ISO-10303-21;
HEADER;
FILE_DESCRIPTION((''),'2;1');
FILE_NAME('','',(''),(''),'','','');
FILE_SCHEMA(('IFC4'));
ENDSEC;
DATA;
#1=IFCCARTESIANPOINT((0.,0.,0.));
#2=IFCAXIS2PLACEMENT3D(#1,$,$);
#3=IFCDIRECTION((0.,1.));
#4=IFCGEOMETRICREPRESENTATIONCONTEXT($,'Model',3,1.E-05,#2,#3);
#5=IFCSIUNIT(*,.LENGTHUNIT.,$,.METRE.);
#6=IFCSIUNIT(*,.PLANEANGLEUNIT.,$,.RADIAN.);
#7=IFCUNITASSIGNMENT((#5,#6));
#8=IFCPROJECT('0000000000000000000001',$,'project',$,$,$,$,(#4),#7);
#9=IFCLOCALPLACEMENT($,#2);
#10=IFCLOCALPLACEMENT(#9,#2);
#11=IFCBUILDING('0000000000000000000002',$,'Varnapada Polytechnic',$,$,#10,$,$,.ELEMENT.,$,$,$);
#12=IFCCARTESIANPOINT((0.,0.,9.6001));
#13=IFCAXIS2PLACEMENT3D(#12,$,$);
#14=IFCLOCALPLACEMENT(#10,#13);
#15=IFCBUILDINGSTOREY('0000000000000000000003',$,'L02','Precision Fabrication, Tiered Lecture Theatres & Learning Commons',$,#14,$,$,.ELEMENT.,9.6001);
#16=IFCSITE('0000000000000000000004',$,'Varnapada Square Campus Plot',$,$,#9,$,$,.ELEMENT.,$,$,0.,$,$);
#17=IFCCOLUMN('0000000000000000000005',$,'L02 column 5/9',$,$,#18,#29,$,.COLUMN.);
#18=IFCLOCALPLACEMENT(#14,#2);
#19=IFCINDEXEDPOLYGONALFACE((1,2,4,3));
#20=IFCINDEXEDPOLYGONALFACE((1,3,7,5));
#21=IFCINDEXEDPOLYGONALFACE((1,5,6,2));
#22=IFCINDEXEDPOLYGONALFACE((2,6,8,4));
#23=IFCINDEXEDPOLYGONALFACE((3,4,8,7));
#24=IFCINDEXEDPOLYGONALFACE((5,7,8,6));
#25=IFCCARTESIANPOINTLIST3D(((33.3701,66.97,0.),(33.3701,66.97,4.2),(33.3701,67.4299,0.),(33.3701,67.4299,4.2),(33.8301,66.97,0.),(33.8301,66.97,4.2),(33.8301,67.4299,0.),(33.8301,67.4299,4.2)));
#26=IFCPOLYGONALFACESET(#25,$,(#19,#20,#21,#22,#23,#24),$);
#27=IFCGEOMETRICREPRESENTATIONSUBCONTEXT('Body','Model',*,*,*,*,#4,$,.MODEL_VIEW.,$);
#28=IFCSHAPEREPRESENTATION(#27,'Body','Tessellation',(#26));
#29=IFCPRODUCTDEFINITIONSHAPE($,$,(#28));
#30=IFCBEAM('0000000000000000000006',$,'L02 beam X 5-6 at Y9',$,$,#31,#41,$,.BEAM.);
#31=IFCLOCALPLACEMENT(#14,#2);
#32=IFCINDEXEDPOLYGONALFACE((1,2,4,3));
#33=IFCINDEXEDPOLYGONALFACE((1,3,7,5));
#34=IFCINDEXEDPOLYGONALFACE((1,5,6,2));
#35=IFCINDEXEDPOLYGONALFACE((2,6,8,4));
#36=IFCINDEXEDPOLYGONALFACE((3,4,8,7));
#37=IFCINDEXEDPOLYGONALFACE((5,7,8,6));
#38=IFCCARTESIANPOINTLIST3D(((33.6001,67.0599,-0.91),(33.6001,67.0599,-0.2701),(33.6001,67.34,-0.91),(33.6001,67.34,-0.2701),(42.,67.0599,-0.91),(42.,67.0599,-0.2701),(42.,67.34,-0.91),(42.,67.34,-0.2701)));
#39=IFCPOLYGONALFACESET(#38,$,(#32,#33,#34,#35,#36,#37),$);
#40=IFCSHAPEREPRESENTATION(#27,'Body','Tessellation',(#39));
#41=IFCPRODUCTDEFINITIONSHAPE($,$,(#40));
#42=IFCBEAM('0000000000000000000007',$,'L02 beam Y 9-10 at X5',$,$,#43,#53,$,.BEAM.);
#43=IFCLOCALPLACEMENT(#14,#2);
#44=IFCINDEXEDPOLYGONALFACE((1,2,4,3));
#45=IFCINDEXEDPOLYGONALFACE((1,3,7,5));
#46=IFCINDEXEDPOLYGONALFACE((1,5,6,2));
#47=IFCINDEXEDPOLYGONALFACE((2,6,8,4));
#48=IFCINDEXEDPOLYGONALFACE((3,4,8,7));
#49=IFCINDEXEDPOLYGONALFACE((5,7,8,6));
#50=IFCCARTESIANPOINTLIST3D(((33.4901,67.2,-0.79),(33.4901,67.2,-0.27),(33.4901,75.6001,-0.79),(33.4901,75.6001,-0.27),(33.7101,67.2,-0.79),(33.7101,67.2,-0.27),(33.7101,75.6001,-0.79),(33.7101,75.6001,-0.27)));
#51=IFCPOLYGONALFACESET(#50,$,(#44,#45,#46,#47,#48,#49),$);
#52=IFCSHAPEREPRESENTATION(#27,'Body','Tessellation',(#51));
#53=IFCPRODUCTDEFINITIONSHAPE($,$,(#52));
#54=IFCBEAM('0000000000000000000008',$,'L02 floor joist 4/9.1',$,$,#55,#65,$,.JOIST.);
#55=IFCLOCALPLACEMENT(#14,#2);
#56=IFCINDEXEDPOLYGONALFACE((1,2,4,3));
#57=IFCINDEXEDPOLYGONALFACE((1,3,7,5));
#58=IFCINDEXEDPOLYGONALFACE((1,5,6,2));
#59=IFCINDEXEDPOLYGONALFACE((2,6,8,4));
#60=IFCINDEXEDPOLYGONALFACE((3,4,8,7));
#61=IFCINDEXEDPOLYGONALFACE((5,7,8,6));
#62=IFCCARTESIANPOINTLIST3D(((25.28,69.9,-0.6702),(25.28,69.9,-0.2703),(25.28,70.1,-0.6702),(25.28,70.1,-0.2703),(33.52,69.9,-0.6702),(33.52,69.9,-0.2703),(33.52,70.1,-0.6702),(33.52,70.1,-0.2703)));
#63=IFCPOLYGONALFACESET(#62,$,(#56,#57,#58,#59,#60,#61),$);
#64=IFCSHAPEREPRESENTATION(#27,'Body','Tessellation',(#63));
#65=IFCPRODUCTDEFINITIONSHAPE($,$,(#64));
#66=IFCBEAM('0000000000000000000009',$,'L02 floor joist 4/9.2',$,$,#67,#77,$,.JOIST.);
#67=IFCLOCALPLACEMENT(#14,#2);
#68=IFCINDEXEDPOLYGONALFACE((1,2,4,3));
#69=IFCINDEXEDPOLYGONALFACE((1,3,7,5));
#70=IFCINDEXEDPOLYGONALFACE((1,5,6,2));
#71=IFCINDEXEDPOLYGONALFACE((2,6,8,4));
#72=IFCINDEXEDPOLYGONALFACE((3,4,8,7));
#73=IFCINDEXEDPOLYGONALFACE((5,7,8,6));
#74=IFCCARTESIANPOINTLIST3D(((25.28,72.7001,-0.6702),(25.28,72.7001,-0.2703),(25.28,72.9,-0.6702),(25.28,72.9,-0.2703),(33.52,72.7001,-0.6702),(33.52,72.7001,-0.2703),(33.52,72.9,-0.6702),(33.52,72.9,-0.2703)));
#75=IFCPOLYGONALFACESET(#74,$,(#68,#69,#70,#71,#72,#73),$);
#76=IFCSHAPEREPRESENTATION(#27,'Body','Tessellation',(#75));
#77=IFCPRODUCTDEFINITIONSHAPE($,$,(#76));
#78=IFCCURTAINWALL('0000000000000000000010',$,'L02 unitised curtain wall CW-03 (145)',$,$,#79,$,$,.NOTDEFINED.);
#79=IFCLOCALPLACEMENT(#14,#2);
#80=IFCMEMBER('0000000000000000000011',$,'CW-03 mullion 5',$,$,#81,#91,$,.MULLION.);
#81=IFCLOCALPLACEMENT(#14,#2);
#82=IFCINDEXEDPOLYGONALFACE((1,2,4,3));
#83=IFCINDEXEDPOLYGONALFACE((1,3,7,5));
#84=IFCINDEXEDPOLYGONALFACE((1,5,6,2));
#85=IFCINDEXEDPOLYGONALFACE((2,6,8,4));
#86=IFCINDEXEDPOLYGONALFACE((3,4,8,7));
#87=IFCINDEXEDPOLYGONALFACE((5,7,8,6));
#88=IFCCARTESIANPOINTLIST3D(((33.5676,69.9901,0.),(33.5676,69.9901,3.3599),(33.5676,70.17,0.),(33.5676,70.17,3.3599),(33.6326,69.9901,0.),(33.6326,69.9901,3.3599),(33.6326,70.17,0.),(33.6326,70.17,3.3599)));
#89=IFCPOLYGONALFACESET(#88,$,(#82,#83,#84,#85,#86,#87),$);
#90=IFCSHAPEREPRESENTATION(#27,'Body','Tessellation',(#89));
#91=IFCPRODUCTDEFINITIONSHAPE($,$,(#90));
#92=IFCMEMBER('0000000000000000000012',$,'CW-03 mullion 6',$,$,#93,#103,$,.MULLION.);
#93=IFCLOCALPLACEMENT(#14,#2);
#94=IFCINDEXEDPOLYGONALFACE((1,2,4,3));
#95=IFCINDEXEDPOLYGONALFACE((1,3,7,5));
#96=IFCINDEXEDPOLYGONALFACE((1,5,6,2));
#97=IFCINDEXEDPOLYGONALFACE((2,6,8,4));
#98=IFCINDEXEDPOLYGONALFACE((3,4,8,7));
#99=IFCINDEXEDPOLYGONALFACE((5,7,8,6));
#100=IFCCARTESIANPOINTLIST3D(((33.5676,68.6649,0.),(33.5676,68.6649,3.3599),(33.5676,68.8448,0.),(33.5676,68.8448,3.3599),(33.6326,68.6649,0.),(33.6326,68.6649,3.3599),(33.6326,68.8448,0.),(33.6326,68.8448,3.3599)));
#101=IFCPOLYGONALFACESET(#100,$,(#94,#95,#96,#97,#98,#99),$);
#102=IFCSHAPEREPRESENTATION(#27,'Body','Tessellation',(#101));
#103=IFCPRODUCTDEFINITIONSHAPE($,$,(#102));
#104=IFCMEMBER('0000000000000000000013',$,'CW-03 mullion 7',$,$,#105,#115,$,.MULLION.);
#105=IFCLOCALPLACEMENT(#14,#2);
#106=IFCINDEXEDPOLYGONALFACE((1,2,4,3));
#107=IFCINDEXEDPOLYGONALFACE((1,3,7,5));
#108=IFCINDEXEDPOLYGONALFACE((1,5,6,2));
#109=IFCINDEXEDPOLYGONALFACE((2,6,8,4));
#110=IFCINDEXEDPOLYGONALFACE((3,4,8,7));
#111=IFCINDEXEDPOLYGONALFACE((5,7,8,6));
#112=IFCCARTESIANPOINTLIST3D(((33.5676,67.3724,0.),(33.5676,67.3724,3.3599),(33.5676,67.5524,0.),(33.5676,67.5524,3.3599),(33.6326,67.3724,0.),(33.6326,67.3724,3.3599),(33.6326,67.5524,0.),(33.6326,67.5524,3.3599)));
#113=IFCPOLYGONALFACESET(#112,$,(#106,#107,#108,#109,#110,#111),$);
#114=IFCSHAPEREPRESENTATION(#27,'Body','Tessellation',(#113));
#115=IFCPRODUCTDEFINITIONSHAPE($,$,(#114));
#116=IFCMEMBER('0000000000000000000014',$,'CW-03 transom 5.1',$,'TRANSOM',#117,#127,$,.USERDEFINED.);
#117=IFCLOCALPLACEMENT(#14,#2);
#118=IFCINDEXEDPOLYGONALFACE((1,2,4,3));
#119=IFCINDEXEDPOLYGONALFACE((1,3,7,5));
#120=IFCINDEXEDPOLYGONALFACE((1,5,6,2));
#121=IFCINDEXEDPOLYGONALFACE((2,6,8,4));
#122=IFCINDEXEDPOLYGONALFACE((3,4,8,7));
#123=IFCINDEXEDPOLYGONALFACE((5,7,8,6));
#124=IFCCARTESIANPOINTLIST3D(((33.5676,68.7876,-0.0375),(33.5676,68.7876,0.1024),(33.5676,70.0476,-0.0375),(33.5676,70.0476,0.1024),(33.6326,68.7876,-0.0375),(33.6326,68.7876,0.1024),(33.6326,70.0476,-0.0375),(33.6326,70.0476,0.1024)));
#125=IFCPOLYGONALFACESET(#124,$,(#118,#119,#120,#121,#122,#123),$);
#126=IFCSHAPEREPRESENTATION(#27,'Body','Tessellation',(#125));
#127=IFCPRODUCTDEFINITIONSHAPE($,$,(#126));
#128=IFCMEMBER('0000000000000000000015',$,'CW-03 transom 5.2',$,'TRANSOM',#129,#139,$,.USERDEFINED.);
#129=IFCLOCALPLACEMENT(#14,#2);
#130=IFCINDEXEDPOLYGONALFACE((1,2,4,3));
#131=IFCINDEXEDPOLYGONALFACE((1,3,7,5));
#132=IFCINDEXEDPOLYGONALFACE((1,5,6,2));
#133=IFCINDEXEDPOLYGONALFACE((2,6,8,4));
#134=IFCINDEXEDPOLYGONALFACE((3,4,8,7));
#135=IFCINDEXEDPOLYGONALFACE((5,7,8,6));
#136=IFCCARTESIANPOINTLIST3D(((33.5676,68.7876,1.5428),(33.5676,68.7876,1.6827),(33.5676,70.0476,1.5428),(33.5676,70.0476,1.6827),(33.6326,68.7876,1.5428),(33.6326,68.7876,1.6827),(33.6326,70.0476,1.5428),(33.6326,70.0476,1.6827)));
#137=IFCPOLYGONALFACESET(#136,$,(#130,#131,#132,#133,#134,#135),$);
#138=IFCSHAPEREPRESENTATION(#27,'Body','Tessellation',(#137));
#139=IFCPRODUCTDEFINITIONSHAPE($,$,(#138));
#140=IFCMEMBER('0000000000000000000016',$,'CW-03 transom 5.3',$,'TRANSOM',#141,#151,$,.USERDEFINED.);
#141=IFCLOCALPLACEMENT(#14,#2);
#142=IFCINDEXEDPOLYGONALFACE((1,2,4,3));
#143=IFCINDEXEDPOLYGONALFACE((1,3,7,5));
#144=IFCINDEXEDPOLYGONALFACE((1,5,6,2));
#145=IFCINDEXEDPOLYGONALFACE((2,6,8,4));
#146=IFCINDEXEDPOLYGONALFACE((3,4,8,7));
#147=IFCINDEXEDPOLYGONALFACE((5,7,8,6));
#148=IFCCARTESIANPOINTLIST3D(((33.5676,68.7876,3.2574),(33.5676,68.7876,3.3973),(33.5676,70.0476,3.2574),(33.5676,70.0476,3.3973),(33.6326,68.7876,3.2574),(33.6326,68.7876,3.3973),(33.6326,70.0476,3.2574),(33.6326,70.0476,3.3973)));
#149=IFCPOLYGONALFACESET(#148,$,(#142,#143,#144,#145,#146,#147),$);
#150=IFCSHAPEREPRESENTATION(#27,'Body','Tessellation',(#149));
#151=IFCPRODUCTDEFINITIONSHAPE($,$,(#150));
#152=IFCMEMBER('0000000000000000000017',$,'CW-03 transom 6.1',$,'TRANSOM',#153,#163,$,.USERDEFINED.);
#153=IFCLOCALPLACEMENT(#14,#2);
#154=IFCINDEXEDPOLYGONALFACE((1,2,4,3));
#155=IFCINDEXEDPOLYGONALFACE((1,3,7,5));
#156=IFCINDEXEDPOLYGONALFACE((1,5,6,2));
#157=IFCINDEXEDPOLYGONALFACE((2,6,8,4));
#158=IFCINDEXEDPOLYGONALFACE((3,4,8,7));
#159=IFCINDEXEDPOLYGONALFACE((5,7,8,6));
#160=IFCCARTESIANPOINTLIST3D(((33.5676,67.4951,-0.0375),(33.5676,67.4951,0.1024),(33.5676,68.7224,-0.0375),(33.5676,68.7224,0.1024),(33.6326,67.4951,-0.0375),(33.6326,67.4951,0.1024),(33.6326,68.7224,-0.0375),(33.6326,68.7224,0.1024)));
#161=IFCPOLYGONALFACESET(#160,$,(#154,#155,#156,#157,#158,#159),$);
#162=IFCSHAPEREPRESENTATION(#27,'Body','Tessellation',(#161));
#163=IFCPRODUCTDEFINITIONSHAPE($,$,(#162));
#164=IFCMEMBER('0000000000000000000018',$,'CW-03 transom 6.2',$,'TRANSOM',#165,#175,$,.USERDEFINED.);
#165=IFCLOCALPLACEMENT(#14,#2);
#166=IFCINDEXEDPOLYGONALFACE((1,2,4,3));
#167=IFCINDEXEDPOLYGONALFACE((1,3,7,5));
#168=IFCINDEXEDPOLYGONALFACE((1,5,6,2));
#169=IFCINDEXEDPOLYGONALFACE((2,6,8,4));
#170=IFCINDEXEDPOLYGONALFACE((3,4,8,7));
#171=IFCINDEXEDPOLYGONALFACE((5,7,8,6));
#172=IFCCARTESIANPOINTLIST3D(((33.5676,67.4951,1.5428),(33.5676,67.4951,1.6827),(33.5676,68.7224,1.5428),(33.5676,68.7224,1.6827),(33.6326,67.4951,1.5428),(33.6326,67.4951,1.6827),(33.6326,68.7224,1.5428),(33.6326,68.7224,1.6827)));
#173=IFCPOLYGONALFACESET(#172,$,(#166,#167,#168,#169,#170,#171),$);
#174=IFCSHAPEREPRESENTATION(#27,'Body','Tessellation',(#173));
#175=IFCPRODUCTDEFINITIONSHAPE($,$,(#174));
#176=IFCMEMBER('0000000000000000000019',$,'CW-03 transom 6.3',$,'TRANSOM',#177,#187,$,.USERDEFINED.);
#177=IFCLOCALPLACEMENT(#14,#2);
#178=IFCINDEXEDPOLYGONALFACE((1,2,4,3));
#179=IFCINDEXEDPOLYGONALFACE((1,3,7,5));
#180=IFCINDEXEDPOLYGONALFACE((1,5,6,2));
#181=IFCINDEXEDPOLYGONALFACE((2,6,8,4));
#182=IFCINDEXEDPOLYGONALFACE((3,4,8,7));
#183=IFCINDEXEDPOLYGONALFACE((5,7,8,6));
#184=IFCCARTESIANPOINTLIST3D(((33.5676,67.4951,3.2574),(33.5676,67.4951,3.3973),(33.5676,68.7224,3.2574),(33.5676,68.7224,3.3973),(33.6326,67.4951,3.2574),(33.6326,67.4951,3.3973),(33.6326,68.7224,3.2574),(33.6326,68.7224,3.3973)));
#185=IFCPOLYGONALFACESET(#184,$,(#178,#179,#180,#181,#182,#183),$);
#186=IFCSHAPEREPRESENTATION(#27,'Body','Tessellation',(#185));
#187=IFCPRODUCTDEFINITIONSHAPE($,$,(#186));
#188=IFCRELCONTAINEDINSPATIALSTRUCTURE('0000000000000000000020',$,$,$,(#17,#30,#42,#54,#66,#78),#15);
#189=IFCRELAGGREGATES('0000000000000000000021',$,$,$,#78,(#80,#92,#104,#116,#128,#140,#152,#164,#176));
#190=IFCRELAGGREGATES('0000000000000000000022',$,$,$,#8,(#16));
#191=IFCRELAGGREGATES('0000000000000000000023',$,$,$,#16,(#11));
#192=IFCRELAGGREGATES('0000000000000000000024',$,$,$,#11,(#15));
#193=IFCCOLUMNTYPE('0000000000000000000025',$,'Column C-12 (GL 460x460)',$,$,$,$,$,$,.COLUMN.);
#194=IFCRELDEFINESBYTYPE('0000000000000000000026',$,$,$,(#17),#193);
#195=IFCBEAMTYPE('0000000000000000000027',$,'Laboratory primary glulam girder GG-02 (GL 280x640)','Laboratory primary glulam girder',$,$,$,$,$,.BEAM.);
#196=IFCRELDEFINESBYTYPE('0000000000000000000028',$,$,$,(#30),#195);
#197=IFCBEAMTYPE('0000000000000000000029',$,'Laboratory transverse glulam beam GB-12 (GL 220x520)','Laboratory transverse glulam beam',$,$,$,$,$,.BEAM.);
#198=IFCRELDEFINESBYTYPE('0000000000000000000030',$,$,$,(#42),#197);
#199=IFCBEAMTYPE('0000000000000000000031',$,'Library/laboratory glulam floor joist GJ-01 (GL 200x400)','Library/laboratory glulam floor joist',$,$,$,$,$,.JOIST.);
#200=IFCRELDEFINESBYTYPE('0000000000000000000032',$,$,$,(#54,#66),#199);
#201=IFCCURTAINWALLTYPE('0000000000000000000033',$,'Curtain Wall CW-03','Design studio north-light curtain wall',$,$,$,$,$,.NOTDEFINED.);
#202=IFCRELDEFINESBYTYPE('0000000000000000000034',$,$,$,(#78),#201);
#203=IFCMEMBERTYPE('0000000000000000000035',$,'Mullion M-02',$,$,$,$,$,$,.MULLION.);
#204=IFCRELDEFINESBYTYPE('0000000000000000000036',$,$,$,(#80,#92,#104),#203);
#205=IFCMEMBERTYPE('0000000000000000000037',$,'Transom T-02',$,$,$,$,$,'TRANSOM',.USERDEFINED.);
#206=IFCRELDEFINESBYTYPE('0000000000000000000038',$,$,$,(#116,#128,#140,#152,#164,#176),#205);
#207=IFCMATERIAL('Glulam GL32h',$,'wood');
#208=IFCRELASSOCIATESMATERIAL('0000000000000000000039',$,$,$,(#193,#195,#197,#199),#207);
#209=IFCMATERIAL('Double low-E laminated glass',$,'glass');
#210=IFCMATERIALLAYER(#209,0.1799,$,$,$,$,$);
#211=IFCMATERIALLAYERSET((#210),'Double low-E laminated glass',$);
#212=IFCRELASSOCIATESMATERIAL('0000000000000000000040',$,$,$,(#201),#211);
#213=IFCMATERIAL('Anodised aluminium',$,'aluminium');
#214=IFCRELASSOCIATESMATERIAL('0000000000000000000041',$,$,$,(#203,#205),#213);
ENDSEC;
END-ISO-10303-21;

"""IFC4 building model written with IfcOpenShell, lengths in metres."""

from ifc_helpers import new_model, si_unit, direction, frame, origin, origin_2d, place, context, subcontext, project, spatial, rectangle, extrude, material, layer, layer_set, material_profile, profile_set, type_object, element, aggregate, save


model = new_model("IFC4")

# Units and contexts
model_context = context("Model", 3, precision=1e-05, world=origin(), true_north=direction((0.0, 1.0)))
body_context = subcontext(model_context, "Body", "Model", "MODEL_VIEW")
ifc_project = project(units=[si_unit("LENGTHUNIT", "METRE"), si_unit("PLANEANGLEUNIT", "RADIAN")], contexts=[model_context])

# Site, building, storey
site_placement = place(None, origin())
site = spatial("IfcSite", under=ifc_project, at=site_placement, Name="Varnapada Square Campus Plot", CompositionType="ELEMENT", RefElevation=0.0)
building_placement = place(site_placement, origin())
building = spatial("IfcBuilding", under=site, at=building_placement, Name="Varnapada Polytechnic", CompositionType="ELEMENT")
storey_placement = place(building_placement, frame((0.0, 0.0, 9.6001)))
storey = spatial("IfcBuildingStorey", under=building, at=storey_placement, Name="L02", Description="Precision Fabrication, Tiered Lecture Theatres & Learning Commons", CompositionType="ELEMENT", Elevation=9.6001)

# Column
ifc_material_1 = material(Name="Glulam GL32h", Category="wood")
ifc_material_profile_1 = material_profile(ifc_material_1, rectangle(XDim=0.46, YDim=0.46, at=origin_2d()), Name="GL 460x460")
ifc_profile_set_1 = profile_set([ifc_material_profile_1], Name="Glulam GL32h")
column_type = type_object("IfcColumnType", Name="Column C-12 (GL 460x460)", PredefinedType="COLUMN", material=ifc_profile_set_1)
column_placement = place(storey_placement, frame((33.6001, 67.2, 0.0), z_axis=(0.0, 0.0, 1.0), x_axis=(1.0, 0.0, 0.0)))
element("IfcColumn", 1, at=column_placement, inside=storey, type_object=column_type, Name="L02 column 5/9", PredefinedType="COLUMN", context=body_context, shape_type="SweptSolid", body=[
    extrude(rectangle(XDim=0.46, YDim=0.46, at=origin_2d()), origin(), (0.0, 0.0, 1.0), 4.2),
])

# Beams
ifc_material_profile_2 = material_profile(ifc_material_1, rectangle(XDim=0.28, YDim=0.6399, at=origin_2d()), Name="GL 280x640")
ifc_profile_set_2 = profile_set([ifc_material_profile_2], Name="Glulam GL32h")
beam_type_1 = type_object("IfcBeamType", Name="Laboratory primary glulam girder GG-02 (GL 280x640)", Description="Laboratory primary glulam girder", PredefinedType="BEAM", material=ifc_profile_set_2)
beam_1_placement = place(storey_placement, frame((33.6001, 67.2, -0.5901), z_axis=(1.0, 0.0, 0.0), x_axis=(0.0, 1.0, 0.0)))
element("IfcBeam", 2, at=beam_1_placement, inside=storey, type_object=beam_type_1, Name="L02 beam X 5-6 at Y9", PredefinedType="BEAM", context=body_context, shape_type="SweptSolid", body=[
    extrude(rectangle(XDim=0.28, YDim=0.6399, at=origin_2d()), origin(), (0.0, 0.0, 1.0), 8.3999),
])
ifc_material_profile_3 = material_profile(ifc_material_1, rectangle(XDim=0.22, YDim=0.52, at=origin_2d()), Name="GL 220x520")
ifc_profile_set_3 = profile_set([ifc_material_profile_3], Name="Glulam GL32h")
beam_type_2 = type_object("IfcBeamType", Name="Laboratory transverse glulam beam GB-12 (GL 220x520)", Description="Laboratory transverse glulam beam", PredefinedType="BEAM", material=ifc_profile_set_3)
beam_2_placement = place(storey_placement, frame((33.6001, 67.2, -0.53), z_axis=(0.0, 1.0, 0.0), x_axis=(-1.0, 0.0, 0.0)))
element("IfcBeam", 3, at=beam_2_placement, inside=storey, type_object=beam_type_2, Name="L02 beam Y 9-10 at X5", PredefinedType="BEAM", context=body_context, shape_type="SweptSolid", body=[
    extrude(rectangle(XDim=0.22, YDim=0.52, at=origin_2d()), origin(), (0.0, 0.0, 1.0), 8.4001),
])
ifc_material_profile_4 = material_profile(ifc_material_1, rectangle(XDim=0.2, YDim=0.3999, at=origin_2d()), Name="GL 200x400")
ifc_profile_set_4 = profile_set([ifc_material_profile_4], Name="Glulam GL32h")
beam_type_3 = type_object("IfcBeamType", Name="Library/laboratory glulam floor joist GJ-01 (GL 200x400)", Description="Library/laboratory glulam floor joist", PredefinedType="JOIST", material=ifc_profile_set_4)
for number, where, z_axis, x_axis, name in (
    (4, (25.28, 70.0, -0.4702), (1.0, 0.0, 0.0), (0.0, 1.0, 0.0), "L02 floor joist 4/9.1"),
    (5, (25.28, 72.8, -0.4702), (1.0, 0.0, 0.0), (0.0, 1.0, 0.0), "L02 floor joist 4/9.2"),
):
    element("IfcBeam", number, at=place(storey_placement, frame(where, z_axis=z_axis, x_axis=x_axis)), inside=storey, type_object=beam_type_3, Name=name, PredefinedType="JOIST", context=body_context, shape_type="SweptSolid", body=[
        extrude(rectangle(XDim=0.2, YDim=0.3999, at=origin_2d()), origin(), (0.0, 0.0, 1.0), 8.24),
    ])

# Curtain wall, members
ifc_material_2 = material(Name="Double low-E laminated glass", Category="glass")
ifc_layer_1 = layer(ifc_material_2, 0.1799)
ifc_layer_set_1 = layer_set([ifc_layer_1], Name="Double low-E laminated glass")
curtain_wall_type = type_object("IfcCurtainWallType", Name="Curtain Wall CW-03", Description="Design studio north-light curtain wall", PredefinedType="NOTDEFINED", material=ifc_layer_set_1)
curtain_wall_placement = place(storey_placement, origin())
curtain_wall = element("IfcCurtainWall", 6, at=curtain_wall_placement, inside=storey, type_object=curtain_wall_type, Name="L02 unitised curtain wall CW-03 (145)", PredefinedType="NOTDEFINED")
ifc_material_3 = material(Name="Anodised aluminium", Category="aluminium")
ifc_material_profile_5 = material_profile(ifc_material_3, rectangle(XDim=0.0649, YDim=0.1799, at=origin_2d()), Name="ALU M65x180")
ifc_profile_set_5 = profile_set([ifc_material_profile_5], Name="Anodised aluminium")
member_type_1 = type_object("IfcMemberType", Name="Mullion M-02", PredefinedType="MULLION", material=ifc_profile_set_5)
member_1_placement = place(storey_placement, frame((33.6001, 70.0801, 0.0), z_axis=(0.0, 0.0, 1.0), x_axis=(1.0, 0.0, 0.0)))
member_1 = element("IfcMember", 7, at=member_1_placement, type_object=member_type_1, Name="CW-03 mullion 5", PredefinedType="MULLION", context=body_context, shape_type="SweptSolid", body=[
    extrude(rectangle(XDim=0.0649, YDim=0.1799, at=origin_2d()), origin(), (0.0, 0.0, 1.0), 3.3599),
])
member_2_placement = place(storey_placement, frame((33.6001, 68.7549, 0.0), z_axis=(0.0, 0.0, 1.0), x_axis=(1.0, 0.0, 0.0)))
member_2 = element("IfcMember", 8, at=member_2_placement, type_object=member_type_1, Name="CW-03 mullion 6", PredefinedType="MULLION", context=body_context, shape_type="SweptSolid", body=[
    extrude(rectangle(XDim=0.0649, YDim=0.1799, at=origin_2d()), origin(), (0.0, 0.0, 1.0), 3.3599),
])
member_3_placement = place(storey_placement, frame((33.6001, 67.4624, 0.0), z_axis=(0.0, 0.0, 1.0), x_axis=(1.0, 0.0, 0.0)))
member_3 = element("IfcMember", 9, at=member_3_placement, type_object=member_type_1, Name="CW-03 mullion 7", PredefinedType="MULLION", context=body_context, shape_type="SweptSolid", body=[
    extrude(rectangle(XDim=0.0649, YDim=0.1799, at=origin_2d()), origin(), (0.0, 0.0, 1.0), 3.3599),
])
ifc_material_profile_6 = material_profile(ifc_material_3, rectangle(XDim=0.0649, YDim=0.1399, at=origin_2d()), Name="ALU T65x140")
ifc_profile_set_6 = profile_set([ifc_material_profile_6], Name="Anodised aluminium")
member_type_2 = type_object("IfcMemberType", Name="Transom T-02", ElementType="TRANSOM", PredefinedType="USERDEFINED", material=ifc_profile_set_6)
member_4_placement = place(storey_placement, frame((33.6001, 70.0476, 0.0325), z_axis=(0.0, -1.0, 0.0), x_axis=(1.0, 0.0, 0.0)))
member_4 = element("IfcMember", 10, at=member_4_placement, type_object=member_type_2, Name="CW-03 transom 5.1", ObjectType="TRANSOM", PredefinedType="USERDEFINED", context=body_context, shape_type="SweptSolid", body=[
    extrude(rectangle(XDim=0.0649, YDim=0.1399, at=origin_2d()), origin(), (0.0, 0.0, 1.0), 1.26),
])
member_5_placement = place(storey_placement, frame((33.6001, 70.0476, 1.6128), z_axis=(0.0, -1.0, 0.0), x_axis=(1.0, 0.0, 0.0)))
member_5 = element("IfcMember", 11, at=member_5_placement, type_object=member_type_2, Name="CW-03 transom 5.2", ObjectType="TRANSOM", PredefinedType="USERDEFINED", context=body_context, shape_type="SweptSolid", body=[
    extrude(rectangle(XDim=0.0649, YDim=0.1399, at=origin_2d()), origin(), (0.0, 0.0, 1.0), 1.26),
])
member_6_placement = place(storey_placement, frame((33.6001, 70.0476, 3.3274), z_axis=(0.0, -1.0, 0.0), x_axis=(1.0, 0.0, 0.0)))
member_6 = element("IfcMember", 12, at=member_6_placement, type_object=member_type_2, Name="CW-03 transom 5.3", ObjectType="TRANSOM", PredefinedType="USERDEFINED", context=body_context, shape_type="SweptSolid", body=[
    extrude(rectangle(XDim=0.0649, YDim=0.1399, at=origin_2d()), origin(), (0.0, 0.0, 1.0), 1.26),
])
member_7_placement = place(storey_placement, frame((33.6001, 68.7224, 0.0325), z_axis=(0.0, -1.0, 0.0), x_axis=(1.0, 0.0, 0.0)))
member_7 = element("IfcMember", 13, at=member_7_placement, type_object=member_type_2, Name="CW-03 transom 6.1", ObjectType="TRANSOM", PredefinedType="USERDEFINED", context=body_context, shape_type="SweptSolid", body=[
    extrude(rectangle(XDim=0.0649, YDim=0.1399, at=origin_2d()), origin(), (0.0, 0.0, 1.0), 1.2273),
])
member_8_placement = place(storey_placement, frame((33.6001, 68.7224, 1.6128), z_axis=(0.0, -1.0, 0.0), x_axis=(1.0, 0.0, 0.0)))
member_8 = element("IfcMember", 14, at=member_8_placement, type_object=member_type_2, Name="CW-03 transom 6.2", ObjectType="TRANSOM", PredefinedType="USERDEFINED", context=body_context, shape_type="SweptSolid", body=[
    extrude(rectangle(XDim=0.0649, YDim=0.1399, at=origin_2d()), origin(), (0.0, 0.0, 1.0), 1.2273),
])
member_9_placement = place(storey_placement, frame((33.6001, 68.7224, 3.3274), z_axis=(0.0, -1.0, 0.0), x_axis=(1.0, 0.0, 0.0)))
member_9 = element("IfcMember", 15, at=member_9_placement, type_object=member_type_2, Name="CW-03 transom 6.3", ObjectType="TRANSOM", PredefinedType="USERDEFINED", context=body_context, shape_type="SweptSolid", body=[
    extrude(rectangle(XDim=0.0649, YDim=0.1399, at=origin_2d()), origin(), (0.0, 0.0, 1.0), 1.2273),
])
aggregate(curtain_wall, [member_1, member_2, member_3, member_4, member_5, member_6, member_7, member_8, member_9])

save(model, "model.ifc")
